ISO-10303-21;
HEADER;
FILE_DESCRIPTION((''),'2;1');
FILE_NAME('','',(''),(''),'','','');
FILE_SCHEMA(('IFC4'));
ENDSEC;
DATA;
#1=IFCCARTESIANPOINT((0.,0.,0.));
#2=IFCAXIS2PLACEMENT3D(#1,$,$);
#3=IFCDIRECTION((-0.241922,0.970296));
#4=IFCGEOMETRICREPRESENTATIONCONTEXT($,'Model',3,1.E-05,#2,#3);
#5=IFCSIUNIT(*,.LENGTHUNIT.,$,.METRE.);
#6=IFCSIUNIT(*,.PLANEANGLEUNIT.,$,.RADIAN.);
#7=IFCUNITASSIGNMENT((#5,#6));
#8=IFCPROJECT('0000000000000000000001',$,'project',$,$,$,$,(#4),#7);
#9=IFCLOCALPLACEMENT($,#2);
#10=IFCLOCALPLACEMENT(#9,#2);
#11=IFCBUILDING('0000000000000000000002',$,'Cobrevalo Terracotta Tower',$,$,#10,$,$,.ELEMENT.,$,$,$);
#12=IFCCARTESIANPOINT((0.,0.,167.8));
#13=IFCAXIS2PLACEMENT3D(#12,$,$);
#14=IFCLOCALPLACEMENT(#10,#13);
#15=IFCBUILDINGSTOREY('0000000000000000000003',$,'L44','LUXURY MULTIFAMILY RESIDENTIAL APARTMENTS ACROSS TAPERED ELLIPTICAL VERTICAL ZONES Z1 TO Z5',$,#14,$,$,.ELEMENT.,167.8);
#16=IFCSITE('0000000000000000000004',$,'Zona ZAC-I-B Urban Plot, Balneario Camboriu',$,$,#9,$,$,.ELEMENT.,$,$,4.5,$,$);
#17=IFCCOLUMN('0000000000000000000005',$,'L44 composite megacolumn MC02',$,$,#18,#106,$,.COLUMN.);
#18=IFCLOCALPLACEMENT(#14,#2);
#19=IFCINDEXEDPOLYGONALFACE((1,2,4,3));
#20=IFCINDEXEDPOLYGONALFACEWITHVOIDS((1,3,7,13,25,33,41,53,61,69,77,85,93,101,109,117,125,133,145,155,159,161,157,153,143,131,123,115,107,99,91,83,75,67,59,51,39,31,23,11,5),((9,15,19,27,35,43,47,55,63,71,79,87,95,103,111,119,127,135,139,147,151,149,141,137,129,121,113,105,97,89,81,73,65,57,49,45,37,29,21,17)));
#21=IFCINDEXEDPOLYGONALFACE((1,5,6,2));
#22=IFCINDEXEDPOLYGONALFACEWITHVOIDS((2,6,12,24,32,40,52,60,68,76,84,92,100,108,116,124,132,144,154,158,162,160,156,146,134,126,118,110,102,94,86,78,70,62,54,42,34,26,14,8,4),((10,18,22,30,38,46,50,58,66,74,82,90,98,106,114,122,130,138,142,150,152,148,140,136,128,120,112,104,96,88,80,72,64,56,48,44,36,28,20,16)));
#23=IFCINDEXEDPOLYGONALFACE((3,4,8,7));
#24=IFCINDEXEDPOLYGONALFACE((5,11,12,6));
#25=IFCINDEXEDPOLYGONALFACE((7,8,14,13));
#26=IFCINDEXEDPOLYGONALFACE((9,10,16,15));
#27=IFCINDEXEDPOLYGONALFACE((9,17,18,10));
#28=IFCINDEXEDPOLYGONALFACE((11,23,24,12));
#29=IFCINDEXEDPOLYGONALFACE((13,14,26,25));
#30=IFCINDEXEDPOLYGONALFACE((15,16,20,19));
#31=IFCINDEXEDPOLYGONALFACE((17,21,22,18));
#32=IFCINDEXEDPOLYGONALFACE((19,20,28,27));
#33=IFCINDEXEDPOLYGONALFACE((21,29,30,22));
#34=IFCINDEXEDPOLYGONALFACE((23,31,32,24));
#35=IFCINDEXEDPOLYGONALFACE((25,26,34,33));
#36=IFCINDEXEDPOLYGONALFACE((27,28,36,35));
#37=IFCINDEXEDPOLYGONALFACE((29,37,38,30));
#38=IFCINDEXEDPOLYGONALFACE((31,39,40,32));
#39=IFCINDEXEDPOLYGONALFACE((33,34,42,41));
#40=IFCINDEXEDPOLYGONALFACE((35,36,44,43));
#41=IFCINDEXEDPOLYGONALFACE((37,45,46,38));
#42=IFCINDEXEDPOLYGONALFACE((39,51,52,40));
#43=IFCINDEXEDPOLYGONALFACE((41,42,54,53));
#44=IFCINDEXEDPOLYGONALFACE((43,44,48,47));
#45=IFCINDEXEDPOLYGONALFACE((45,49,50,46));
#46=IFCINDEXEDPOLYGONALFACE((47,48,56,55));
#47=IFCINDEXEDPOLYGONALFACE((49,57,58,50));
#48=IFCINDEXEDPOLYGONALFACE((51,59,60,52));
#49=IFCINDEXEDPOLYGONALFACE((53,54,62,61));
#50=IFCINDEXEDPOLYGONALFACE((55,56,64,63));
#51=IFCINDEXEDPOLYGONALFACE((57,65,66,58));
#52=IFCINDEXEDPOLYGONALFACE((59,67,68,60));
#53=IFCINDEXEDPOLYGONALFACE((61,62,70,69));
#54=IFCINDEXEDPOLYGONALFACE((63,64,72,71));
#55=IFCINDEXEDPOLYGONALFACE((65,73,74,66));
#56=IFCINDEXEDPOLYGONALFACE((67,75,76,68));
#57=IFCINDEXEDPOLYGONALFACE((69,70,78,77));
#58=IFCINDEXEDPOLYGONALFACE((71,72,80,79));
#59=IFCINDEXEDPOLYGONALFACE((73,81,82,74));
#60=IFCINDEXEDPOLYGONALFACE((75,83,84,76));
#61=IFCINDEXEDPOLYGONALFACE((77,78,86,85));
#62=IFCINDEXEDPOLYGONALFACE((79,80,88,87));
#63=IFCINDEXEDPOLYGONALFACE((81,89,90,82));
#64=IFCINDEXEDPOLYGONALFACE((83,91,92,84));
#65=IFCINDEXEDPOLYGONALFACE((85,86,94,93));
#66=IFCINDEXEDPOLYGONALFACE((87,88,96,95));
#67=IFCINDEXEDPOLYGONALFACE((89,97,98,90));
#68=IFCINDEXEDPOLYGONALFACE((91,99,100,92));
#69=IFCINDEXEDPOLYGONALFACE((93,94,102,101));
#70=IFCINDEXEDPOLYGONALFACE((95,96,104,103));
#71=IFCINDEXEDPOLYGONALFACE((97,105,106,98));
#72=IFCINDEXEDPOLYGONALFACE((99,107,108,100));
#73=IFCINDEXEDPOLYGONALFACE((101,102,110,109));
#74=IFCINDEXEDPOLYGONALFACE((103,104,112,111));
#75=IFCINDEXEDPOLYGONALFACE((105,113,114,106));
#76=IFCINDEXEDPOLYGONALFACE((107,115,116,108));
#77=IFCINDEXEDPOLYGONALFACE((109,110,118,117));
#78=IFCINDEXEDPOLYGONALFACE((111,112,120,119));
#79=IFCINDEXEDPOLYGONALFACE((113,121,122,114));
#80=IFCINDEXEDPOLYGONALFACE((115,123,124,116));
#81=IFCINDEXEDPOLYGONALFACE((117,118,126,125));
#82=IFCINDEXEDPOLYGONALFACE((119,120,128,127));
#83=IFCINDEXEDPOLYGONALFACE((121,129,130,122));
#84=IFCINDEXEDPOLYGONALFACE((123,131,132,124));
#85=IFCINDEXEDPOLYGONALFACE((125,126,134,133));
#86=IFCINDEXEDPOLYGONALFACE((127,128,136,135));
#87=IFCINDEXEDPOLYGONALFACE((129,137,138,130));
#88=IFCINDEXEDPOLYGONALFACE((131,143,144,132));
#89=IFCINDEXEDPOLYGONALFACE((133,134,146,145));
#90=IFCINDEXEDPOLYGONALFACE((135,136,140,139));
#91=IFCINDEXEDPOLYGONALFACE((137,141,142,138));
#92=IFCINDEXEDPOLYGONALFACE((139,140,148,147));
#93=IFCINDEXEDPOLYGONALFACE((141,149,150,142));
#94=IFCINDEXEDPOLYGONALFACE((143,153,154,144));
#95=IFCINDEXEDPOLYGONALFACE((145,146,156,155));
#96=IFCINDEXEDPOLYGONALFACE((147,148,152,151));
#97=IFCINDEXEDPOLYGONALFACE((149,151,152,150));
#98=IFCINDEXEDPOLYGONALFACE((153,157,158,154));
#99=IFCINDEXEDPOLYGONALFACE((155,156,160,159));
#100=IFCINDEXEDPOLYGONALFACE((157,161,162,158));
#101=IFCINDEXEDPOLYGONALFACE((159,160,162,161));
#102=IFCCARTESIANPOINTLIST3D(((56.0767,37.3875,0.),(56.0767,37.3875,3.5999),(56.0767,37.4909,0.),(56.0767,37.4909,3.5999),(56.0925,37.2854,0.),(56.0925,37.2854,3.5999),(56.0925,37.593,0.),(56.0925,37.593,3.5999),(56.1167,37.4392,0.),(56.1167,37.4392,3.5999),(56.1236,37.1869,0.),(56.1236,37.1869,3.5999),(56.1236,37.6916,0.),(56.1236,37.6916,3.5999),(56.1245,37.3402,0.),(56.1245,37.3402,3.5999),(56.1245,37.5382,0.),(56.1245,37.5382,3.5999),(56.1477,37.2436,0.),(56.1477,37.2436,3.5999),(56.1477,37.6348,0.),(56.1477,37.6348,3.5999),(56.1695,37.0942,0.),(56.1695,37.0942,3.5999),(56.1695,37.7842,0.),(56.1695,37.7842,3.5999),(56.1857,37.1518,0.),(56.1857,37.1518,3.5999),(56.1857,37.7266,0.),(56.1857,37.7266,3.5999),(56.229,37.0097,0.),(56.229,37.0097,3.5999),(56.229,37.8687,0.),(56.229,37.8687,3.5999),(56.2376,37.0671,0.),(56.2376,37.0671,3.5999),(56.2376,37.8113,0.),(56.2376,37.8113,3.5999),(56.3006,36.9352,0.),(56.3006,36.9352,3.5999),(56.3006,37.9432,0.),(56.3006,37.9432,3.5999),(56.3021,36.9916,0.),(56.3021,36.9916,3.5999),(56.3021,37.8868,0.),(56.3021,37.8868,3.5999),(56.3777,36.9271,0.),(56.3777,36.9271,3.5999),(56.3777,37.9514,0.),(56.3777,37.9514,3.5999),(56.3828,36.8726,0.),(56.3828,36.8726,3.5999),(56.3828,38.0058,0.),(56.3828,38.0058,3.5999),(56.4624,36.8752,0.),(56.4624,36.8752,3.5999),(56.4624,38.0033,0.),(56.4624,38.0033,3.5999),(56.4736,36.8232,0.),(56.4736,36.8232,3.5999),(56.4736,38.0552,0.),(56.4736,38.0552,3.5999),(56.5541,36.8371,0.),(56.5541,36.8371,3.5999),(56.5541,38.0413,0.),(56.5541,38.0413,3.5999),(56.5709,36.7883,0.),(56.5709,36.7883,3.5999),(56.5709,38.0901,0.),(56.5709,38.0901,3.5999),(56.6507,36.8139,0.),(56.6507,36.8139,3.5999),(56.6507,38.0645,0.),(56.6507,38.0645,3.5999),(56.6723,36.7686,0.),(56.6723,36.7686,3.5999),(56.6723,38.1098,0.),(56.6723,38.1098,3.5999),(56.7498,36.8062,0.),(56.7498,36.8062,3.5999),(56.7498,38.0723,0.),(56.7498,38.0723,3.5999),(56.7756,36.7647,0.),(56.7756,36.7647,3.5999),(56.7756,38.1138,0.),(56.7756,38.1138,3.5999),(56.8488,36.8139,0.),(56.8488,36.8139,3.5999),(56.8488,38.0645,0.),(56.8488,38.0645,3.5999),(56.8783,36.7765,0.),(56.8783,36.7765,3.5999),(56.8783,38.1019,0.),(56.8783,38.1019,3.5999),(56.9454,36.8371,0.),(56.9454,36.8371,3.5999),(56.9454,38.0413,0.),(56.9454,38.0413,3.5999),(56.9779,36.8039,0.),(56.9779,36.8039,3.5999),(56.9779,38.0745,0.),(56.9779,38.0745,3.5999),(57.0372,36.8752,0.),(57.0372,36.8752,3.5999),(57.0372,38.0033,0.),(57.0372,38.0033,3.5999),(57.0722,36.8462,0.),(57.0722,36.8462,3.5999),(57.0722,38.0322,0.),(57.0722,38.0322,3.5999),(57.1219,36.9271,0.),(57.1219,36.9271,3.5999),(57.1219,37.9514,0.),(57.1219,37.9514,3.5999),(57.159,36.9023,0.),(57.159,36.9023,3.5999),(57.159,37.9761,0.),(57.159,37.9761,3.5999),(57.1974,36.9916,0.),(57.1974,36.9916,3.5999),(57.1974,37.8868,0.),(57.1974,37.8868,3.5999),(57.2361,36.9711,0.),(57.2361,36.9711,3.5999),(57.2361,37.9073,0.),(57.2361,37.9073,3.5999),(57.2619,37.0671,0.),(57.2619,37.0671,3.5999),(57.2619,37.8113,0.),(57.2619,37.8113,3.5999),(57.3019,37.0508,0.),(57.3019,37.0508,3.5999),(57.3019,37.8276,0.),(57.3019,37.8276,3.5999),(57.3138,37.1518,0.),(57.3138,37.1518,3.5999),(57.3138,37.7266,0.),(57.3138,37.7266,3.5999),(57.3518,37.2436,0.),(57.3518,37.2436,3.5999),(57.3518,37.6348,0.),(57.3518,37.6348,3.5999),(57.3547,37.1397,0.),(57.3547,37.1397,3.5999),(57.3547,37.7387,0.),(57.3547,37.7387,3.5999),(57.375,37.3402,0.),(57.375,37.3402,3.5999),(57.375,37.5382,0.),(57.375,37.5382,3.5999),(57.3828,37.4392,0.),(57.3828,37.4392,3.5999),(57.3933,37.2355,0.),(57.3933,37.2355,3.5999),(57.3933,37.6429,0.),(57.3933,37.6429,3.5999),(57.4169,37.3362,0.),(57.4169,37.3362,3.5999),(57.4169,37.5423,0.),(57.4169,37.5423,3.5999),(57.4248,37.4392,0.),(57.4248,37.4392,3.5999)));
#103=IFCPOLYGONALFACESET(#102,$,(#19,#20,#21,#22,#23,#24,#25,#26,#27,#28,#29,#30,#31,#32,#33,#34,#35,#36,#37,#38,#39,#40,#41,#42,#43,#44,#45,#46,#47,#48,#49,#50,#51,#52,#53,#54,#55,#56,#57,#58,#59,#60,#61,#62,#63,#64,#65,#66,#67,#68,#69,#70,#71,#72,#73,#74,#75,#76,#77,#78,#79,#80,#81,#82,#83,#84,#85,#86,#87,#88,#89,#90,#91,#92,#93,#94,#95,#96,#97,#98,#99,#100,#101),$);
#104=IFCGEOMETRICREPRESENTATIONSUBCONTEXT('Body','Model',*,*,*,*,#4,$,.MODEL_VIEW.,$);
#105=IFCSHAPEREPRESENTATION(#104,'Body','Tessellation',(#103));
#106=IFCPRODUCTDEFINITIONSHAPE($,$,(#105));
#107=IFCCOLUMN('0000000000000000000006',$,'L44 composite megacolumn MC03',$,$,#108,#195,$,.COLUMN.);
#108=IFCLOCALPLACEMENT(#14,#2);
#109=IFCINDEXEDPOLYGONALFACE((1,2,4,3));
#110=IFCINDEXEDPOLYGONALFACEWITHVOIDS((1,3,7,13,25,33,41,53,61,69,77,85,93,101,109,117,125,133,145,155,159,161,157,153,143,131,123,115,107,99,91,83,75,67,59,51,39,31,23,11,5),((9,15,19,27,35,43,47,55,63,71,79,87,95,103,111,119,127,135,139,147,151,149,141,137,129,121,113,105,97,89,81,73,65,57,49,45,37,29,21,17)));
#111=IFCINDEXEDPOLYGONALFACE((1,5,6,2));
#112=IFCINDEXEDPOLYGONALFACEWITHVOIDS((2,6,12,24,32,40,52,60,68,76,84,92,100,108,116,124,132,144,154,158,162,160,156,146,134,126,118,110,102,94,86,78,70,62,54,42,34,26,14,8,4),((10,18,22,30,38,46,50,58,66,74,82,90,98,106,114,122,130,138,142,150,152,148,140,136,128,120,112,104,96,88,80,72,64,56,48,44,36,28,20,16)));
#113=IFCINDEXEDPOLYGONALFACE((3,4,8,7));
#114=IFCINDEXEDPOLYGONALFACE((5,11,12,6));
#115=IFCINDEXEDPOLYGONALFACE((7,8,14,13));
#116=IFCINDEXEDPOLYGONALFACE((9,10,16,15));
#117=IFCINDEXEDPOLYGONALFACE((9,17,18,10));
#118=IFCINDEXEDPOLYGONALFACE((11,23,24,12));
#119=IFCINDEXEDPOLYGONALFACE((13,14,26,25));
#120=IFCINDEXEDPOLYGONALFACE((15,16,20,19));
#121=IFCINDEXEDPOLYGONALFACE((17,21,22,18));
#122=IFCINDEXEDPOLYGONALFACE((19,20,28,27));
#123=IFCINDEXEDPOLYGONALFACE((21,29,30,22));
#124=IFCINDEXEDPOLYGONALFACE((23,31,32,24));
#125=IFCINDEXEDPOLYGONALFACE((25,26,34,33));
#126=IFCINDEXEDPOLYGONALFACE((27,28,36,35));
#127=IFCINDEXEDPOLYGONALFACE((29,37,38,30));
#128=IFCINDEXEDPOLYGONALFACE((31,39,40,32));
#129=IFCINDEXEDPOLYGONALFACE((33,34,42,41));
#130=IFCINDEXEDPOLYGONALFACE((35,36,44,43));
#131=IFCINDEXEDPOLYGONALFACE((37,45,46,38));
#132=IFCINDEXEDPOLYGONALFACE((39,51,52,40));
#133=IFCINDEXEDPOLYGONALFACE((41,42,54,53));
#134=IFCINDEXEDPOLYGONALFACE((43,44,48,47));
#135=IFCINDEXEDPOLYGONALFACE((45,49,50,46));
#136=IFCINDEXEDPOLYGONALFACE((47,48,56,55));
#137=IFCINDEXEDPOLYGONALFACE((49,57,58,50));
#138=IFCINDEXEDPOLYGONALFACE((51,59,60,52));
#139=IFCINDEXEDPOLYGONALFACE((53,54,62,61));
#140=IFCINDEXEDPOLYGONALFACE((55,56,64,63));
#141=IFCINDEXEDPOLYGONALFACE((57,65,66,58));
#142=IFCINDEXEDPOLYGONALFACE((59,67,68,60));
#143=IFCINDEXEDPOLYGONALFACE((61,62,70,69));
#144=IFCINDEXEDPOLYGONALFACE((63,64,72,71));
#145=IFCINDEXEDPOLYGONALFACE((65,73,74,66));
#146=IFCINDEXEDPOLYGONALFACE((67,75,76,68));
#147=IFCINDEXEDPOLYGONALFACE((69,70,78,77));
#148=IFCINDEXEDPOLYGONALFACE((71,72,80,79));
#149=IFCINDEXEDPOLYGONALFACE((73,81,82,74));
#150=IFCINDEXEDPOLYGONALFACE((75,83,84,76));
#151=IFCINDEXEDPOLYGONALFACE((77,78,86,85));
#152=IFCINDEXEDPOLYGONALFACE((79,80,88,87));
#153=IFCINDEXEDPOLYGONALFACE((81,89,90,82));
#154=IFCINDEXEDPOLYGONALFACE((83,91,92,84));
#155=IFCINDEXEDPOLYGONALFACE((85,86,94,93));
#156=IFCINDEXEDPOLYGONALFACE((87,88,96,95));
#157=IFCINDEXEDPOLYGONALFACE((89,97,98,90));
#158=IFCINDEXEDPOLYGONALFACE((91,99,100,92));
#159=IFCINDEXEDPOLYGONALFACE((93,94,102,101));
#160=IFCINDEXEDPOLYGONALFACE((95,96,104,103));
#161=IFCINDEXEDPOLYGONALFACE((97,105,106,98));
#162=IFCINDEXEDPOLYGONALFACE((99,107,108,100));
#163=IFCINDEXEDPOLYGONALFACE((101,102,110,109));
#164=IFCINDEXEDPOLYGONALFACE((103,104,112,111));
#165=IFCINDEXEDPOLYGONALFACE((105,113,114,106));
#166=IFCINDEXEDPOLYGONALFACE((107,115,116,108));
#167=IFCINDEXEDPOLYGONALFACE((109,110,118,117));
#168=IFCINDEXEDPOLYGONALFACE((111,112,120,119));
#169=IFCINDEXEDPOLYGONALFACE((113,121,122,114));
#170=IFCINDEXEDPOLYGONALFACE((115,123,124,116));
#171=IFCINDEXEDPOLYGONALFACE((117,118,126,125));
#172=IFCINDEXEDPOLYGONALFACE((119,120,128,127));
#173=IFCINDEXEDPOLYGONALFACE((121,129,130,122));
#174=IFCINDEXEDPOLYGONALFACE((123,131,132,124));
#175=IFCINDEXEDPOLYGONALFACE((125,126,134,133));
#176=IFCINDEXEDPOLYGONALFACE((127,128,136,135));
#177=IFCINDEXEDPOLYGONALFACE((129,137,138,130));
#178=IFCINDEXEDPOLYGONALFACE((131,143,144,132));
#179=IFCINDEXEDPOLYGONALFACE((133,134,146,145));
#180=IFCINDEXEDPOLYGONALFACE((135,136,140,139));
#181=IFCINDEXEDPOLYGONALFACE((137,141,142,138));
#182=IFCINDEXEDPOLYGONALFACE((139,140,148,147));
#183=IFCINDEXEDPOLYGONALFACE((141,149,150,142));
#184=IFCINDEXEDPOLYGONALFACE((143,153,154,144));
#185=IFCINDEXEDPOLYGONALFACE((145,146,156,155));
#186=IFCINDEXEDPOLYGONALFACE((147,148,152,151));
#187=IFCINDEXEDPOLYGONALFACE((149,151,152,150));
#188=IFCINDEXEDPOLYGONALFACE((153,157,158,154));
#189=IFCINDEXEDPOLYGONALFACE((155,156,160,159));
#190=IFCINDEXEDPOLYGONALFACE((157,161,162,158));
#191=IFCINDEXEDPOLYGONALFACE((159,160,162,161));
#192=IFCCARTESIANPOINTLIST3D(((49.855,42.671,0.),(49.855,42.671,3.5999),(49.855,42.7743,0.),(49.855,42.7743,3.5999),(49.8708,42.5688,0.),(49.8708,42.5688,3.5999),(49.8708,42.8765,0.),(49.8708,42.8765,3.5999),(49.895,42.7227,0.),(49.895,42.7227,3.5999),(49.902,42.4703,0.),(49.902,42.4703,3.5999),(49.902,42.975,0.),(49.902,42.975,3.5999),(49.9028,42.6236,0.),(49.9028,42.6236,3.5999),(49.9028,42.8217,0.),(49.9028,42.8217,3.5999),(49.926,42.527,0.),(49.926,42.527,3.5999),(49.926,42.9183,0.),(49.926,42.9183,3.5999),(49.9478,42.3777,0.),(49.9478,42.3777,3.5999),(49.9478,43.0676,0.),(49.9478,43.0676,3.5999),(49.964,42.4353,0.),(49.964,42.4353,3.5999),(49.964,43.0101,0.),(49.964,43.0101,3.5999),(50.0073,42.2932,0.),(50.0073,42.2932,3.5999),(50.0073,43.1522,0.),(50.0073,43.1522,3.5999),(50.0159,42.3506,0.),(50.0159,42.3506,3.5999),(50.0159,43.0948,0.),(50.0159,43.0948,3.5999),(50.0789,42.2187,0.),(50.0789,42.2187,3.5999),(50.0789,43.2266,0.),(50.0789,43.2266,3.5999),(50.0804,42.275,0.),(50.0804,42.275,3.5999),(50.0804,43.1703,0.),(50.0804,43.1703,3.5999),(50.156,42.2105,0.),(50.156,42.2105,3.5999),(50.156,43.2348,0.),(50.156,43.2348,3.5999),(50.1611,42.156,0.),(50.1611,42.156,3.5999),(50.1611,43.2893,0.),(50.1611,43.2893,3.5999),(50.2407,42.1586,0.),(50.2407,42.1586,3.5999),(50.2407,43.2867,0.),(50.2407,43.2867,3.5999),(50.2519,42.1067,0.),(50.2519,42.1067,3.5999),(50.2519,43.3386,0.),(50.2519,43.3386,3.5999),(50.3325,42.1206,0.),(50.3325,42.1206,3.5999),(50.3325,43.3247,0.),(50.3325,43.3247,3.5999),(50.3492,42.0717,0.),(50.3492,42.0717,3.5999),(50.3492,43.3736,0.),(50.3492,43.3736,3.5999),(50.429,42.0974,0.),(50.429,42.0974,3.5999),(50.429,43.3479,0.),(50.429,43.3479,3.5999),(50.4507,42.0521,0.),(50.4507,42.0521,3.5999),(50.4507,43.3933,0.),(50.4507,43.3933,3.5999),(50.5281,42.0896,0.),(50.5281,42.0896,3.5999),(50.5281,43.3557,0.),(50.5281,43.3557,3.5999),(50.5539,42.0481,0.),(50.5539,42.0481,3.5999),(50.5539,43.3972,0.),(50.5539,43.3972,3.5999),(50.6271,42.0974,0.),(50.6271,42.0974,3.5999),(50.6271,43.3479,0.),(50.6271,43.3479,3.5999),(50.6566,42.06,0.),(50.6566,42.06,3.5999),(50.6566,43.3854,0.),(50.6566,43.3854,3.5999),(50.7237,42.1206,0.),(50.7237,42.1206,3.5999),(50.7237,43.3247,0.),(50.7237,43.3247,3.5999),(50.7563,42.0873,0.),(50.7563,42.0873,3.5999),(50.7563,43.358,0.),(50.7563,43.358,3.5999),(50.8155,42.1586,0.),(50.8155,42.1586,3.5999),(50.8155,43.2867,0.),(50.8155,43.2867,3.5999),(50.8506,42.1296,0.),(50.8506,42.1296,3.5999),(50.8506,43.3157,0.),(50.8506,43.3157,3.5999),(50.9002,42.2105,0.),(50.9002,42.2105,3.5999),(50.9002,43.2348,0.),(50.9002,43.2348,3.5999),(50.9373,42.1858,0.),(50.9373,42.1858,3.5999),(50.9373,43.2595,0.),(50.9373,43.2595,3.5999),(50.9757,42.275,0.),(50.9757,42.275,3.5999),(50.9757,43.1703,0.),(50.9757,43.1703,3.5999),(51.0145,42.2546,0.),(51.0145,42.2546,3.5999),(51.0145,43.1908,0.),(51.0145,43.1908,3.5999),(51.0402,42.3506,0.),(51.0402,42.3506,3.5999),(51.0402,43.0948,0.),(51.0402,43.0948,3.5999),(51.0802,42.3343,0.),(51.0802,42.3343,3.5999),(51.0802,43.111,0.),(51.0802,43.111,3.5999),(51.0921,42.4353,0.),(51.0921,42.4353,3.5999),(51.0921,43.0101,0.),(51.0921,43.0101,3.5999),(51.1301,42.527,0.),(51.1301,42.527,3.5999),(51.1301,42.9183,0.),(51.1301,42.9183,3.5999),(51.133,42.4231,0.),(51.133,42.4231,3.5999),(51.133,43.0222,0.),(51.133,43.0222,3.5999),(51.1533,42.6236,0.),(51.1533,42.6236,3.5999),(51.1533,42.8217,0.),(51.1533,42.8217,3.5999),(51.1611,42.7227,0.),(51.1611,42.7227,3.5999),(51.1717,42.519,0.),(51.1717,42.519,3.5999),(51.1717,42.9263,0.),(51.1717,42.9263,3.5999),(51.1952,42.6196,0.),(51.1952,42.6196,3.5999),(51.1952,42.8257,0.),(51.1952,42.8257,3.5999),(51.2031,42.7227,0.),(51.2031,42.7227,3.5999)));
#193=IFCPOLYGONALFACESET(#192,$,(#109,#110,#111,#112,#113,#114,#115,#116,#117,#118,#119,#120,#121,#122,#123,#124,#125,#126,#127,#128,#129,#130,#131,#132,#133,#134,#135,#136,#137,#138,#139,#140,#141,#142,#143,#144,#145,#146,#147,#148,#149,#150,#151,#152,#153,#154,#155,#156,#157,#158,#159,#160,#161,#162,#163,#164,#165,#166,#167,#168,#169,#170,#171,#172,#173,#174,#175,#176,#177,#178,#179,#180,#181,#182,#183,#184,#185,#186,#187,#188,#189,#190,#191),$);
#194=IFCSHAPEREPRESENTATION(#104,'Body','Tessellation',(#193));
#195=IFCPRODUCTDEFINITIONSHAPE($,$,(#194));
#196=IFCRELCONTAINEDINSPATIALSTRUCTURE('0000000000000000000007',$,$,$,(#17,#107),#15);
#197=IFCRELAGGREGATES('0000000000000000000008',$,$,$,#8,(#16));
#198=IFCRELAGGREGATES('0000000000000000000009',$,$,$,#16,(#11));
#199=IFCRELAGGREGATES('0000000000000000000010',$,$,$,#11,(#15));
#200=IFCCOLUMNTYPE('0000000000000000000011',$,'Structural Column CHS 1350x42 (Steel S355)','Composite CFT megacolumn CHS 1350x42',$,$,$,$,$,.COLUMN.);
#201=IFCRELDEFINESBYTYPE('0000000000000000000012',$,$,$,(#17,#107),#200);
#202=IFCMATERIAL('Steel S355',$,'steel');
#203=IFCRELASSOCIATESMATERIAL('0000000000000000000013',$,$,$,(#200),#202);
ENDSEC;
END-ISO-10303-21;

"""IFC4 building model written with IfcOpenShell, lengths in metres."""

from ifc_helpers import new_model, si_unit, direction, frame, origin, origin_2d, place, context, subcontext, project, spatial, hollow_circle, extrude, material, material_profile, profile_set, type_object, element, save


model = new_model("IFC4")

# Units and contexts
model_context = context("Model", 3, precision=1e-05, world=origin(), true_north=direction((-0.241922, 0.970296)))
body_context = subcontext(model_context, "Body", "Model", "MODEL_VIEW")
ifc_project = project(units=[si_unit("LENGTHUNIT", "METRE"), si_unit("PLANEANGLEUNIT", "RADIAN")], contexts=[model_context])

# Site, building, storey
site_placement = place(None, origin())
site = spatial("IfcSite", under=ifc_project, at=site_placement, Name="Zona ZAC-I-B Urban Plot, Balneario Camboriu", CompositionType="ELEMENT", RefElevation=4.5)
building_placement = place(site_placement, origin())
building = spatial("IfcBuilding", under=site, at=building_placement, Name="Cobrevalo Terracotta Tower", CompositionType="ELEMENT")
storey_placement = place(building_placement, frame((0.0, 0.0, 167.8)))
storey = spatial("IfcBuildingStorey", under=building, at=storey_placement, Name="L44", Description="LUXURY MULTIFAMILY RESIDENTIAL APARTMENTS ACROSS TAPERED ELLIPTICAL VERTICAL ZONES Z1 TO Z5", CompositionType="ELEMENT", Elevation=167.8)

# Columns
ifc_material_1 = material(Name="Steel S355", Category="steel")
ifc_material_profile_1 = material_profile(ifc_material_1, hollow_circle(Radius=0.675, WallThickness=0.042, at=origin_2d()), Name="CHS 1350x42")
ifc_profile_set_1 = profile_set([ifc_material_profile_1], Name="Steel S355")
column_type = type_object("IfcColumnType", Name="Structural Column CHS 1350x42 (Steel S355)", Description="Composite CFT megacolumn CHS 1350x42", PredefinedType="COLUMN", material=ifc_profile_set_1)
for number, where, z_axis, x_axis, name in (
    (1, (56.7498, 37.4392, 0.0), (0.0, 0.0, 1.0), (1.0, 0.0, 0.0), "L44 composite megacolumn MC02"),
    (2, (50.5281, 42.7227, 0.0), (0.0, 0.0, 1.0), (1.0, 0.0, 0.0), "L44 composite megacolumn MC03"),
):
    element("IfcColumn", number, at=place(storey_placement, frame(where, z_axis=z_axis, x_axis=x_axis)), inside=storey, type_object=column_type, Name=name, PredefinedType="COLUMN", context=body_context, shape_type="SweptSolid", body=[
        extrude(hollow_circle(Radius=0.675, WallThickness=0.042, at=origin_2d()), origin(), (0.0, 0.0, 1.0), 3.5999),
    ])

save(model, "model.ifc")
